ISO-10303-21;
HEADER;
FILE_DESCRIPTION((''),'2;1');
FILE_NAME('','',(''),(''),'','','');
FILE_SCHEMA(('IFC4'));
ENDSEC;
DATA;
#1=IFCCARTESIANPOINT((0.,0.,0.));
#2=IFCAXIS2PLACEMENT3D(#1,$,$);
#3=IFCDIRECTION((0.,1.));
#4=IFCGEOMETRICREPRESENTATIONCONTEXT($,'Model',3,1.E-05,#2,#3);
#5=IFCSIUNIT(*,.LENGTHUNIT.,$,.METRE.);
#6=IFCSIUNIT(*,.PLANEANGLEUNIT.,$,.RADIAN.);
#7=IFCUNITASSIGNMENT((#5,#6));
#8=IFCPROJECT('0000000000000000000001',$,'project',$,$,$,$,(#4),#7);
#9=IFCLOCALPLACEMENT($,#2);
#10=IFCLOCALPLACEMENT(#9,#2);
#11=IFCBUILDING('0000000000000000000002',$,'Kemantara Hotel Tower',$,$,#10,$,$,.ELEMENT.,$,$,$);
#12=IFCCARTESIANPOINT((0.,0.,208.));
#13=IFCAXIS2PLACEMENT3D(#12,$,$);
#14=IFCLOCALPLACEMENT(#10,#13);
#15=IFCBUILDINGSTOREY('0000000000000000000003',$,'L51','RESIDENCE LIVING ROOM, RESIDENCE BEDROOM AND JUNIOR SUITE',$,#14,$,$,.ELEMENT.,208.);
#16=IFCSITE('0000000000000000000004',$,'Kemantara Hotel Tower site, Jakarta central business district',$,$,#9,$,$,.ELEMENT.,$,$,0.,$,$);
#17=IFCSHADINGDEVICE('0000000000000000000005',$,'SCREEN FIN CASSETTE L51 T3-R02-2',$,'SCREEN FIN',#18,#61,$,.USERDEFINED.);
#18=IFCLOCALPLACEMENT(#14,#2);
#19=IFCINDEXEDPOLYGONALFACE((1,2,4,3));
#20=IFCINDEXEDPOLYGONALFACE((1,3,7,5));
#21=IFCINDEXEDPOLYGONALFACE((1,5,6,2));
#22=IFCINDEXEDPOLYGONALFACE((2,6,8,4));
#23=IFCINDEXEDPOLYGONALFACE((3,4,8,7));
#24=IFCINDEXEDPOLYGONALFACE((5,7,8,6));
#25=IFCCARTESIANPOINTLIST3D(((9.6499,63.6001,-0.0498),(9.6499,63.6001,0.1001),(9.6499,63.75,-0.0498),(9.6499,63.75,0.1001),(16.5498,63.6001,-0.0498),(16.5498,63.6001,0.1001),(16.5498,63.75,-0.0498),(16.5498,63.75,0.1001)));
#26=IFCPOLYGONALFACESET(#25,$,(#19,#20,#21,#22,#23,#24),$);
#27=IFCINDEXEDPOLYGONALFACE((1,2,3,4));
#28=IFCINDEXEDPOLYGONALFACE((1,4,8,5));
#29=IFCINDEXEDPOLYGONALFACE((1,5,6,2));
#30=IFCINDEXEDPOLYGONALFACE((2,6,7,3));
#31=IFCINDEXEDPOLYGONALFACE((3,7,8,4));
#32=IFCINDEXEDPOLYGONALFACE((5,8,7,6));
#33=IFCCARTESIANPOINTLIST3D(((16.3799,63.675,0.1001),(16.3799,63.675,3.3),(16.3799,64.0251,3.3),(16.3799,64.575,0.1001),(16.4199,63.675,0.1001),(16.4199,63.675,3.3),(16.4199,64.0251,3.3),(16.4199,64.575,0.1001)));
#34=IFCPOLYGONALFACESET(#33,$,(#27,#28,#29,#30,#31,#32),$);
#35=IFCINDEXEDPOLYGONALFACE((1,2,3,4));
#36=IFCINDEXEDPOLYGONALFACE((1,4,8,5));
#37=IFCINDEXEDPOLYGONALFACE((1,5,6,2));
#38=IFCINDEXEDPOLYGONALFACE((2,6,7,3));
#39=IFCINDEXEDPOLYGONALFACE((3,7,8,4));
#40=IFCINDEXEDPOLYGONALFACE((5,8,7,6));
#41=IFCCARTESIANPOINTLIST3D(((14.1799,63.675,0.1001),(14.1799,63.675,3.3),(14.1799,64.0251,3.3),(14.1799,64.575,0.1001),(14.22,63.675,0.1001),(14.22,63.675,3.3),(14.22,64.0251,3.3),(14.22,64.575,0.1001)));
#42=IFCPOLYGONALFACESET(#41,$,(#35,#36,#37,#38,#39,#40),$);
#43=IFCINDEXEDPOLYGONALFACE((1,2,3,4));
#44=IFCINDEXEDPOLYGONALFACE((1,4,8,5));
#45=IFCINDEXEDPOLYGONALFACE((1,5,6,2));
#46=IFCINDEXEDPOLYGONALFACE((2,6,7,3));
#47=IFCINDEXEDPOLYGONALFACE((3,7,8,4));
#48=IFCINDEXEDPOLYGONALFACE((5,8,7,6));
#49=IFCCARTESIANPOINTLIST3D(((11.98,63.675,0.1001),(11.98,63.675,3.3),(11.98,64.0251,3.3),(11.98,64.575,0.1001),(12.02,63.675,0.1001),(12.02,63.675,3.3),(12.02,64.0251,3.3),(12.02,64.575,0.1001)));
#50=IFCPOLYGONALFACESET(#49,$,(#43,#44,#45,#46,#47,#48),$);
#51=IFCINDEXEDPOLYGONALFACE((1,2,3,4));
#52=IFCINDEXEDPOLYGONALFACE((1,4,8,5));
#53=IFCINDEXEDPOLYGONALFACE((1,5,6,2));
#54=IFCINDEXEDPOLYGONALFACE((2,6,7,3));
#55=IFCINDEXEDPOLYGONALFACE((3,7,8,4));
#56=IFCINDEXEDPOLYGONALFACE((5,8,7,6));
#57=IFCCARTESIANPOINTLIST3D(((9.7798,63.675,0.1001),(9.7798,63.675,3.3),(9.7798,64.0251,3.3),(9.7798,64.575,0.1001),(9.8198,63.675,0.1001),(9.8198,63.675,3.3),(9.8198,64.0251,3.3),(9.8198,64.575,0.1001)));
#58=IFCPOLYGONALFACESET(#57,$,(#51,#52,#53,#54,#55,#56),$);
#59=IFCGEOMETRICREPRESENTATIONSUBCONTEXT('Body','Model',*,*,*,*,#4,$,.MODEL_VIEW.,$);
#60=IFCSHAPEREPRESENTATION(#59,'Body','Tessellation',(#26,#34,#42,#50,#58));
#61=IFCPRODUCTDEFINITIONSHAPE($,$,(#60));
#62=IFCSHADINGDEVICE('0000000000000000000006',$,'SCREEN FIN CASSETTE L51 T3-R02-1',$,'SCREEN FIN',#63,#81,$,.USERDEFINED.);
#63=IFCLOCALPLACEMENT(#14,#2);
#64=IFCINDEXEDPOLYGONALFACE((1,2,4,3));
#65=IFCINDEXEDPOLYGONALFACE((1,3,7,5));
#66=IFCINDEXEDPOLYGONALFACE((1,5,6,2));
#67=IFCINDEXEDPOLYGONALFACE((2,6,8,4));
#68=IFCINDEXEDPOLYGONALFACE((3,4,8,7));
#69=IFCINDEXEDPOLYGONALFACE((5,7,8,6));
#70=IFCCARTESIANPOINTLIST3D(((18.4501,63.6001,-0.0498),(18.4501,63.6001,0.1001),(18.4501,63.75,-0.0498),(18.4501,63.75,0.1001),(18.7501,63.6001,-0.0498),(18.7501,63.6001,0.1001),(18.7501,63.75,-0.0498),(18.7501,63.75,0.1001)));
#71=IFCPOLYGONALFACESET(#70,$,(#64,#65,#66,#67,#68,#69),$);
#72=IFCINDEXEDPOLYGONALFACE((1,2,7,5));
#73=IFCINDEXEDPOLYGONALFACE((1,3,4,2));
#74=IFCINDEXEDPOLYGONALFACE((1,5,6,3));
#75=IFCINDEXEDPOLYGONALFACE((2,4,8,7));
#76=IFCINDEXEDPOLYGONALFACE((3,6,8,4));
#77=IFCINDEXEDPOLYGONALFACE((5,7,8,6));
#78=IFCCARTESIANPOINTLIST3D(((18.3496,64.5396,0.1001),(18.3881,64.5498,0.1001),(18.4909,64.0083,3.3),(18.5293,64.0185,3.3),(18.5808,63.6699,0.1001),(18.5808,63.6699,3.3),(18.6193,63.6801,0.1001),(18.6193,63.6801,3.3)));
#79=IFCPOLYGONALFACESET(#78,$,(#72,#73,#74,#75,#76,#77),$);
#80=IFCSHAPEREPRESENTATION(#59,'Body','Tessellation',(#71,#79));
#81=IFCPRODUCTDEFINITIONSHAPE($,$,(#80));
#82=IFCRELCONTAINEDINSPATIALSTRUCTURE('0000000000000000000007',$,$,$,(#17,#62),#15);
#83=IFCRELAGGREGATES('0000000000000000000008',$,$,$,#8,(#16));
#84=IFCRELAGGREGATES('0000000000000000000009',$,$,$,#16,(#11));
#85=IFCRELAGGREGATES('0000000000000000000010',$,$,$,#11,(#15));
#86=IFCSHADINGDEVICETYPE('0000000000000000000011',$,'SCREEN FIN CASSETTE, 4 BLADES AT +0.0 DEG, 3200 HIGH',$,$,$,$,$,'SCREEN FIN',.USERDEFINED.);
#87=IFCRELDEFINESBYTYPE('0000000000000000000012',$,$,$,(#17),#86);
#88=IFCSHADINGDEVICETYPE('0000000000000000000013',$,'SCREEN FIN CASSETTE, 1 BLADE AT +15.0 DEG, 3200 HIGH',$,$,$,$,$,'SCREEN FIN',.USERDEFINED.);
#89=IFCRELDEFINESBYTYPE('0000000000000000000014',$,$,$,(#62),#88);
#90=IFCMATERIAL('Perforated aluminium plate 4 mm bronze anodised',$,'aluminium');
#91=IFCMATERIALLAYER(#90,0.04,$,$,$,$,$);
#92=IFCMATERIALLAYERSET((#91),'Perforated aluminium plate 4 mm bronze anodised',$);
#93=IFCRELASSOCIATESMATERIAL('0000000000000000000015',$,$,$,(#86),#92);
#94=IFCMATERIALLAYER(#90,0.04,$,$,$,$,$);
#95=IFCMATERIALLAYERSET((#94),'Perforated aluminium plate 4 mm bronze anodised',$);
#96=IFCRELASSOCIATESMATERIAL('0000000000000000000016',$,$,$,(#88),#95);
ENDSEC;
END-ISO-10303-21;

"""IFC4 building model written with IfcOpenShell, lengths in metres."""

from ifc_helpers import new_model, si_unit, direction, frame, origin, origin_2d, place, context, subcontext, project, spatial, polyline, rectangle, outline, extrude, source, transform, mapped, material, layer, layer_set, type_object, element, save


model = new_model("IFC4")

# Units and contexts
model_context = context("Model", 3, precision=1e-05, world=origin(), true_north=direction((0.0, 1.0)))
body_context = subcontext(model_context, "Body", "Model", "MODEL_VIEW")
ifc_project = project(units=[si_unit("LENGTHUNIT", "METRE"), si_unit("PLANEANGLEUNIT", "RADIAN")], contexts=[model_context])

# Site, building, storey
site_placement = place(None, origin())
site = spatial("IfcSite", under=ifc_project, at=site_placement, Name="Kemantara Hotel Tower site, Jakarta central business district", CompositionType="ELEMENT", RefElevation=0.0)
building_placement = place(site_placement, origin())
building = spatial("IfcBuilding", under=site, at=building_placement, Name="Kemantara Hotel Tower", CompositionType="ELEMENT")
storey_placement = place(building_placement, frame((0.0, 0.0, 208.0)))
storey = spatial("IfcBuildingStorey", under=building, at=storey_placement, Name="L51", Description="RESIDENCE LIVING ROOM, RESIDENCE BEDROOM AND JUNIOR SUITE", CompositionType="ELEMENT", Elevation=208.0)

# Shading devices
ifc_material_1 = material(Name="Perforated aluminium plate 4 mm bronze anodised", Category="aluminium")
ifc_layer_1 = layer(ifc_material_1, 0.04)
ifc_layer_set_1 = layer_set([ifc_layer_1], Name="Perforated aluminium plate 4 mm bronze anodised")
shading_device_type_1 = type_object("IfcShadingDeviceType", Name="SCREEN FIN CASSETTE, 4 BLADES AT +0.0 DEG, 3200 HIGH", ElementType="SCREEN FIN", PredefinedType="USERDEFINED", material=ifc_layer_set_1)
shared_shape_1 = source(origin(), body_context, "Body", "SweptSolid", [
    extrude(rectangle(XDim=6.8999, YDim=0.1499, at=origin_2d()), frame((3.3, -0.075, -0.1499), z_axis=(0.0, 0.0, 1.0), x_axis=(1.0, 0.0, 0.0)), (0.0, 0.0, 1.0), 0.1499),
    extrude(outline(polyline([(0.0, 0.0), (0.8999, 0.0), (0.3501, 3.2), (0.0, 3.2), (0.0, 0.0)])), frame((0.02, -0.075, 0.0), z_axis=(-1.0, 0.0, 0.0), x_axis=(0.0, -1.0, 0.0)), (0.0, 0.0, 1.0), 0.04),
    extrude(outline(polyline([(0.0, 0.0), (0.8999, 0.0), (0.3501, 3.2), (0.0, 3.2), (0.0, 0.0)])), frame((2.22, -0.075, 0.0), z_axis=(-1.0, 0.0, 0.0), x_axis=(0.0, -1.0, 0.0)), (0.0, 0.0, 1.0), 0.04),
    extrude(outline(polyline([(0.0, 0.0), (0.8999, 0.0), (0.3501, 3.2), (0.0, 3.2), (0.0, 0.0)])), frame((4.4199, -0.075, 0.0), z_axis=(-1.0, 0.0, 0.0), x_axis=(0.0, -1.0, 0.0)), (0.0, 0.0, 1.0), 0.04),
    extrude(outline(polyline([(0.0, 0.0), (0.8999, 0.0), (0.3501, 3.2), (0.0, 3.2), (0.0, 0.0)])), frame((6.6201, -0.075, 0.0), z_axis=(-1.0, 0.0, 0.0), x_axis=(0.0, -1.0, 0.0)), (0.0, 0.0, 1.0), 0.04),
])
shading_device_1_placement = place(storey_placement, frame((16.3999, 63.6001, 0.1001), z_axis=(0.0, 0.0, 1.0), x_axis=(-1.0, 0.0, 0.0)))
element("IfcShadingDevice", 1, at=shading_device_1_placement, inside=storey, type_object=shading_device_type_1, Name="SCREEN FIN CASSETTE L51 T3-R02-2", ObjectType="SCREEN FIN", PredefinedType="USERDEFINED", context=body_context, shape_type="MappedRepresentation", body=[
    mapped(shared_shape_1, transform((0.0, 0.0, 0.0))),
])
ifc_layer_2 = layer(ifc_material_1, 0.04)
ifc_layer_set_2 = layer_set([ifc_layer_2], Name="Perforated aluminium plate 4 mm bronze anodised")
shading_device_type_2 = type_object("IfcShadingDeviceType", Name="SCREEN FIN CASSETTE, 1 BLADE AT +15.0 DEG, 3200 HIGH", ElementType="SCREEN FIN", PredefinedType="USERDEFINED", material=ifc_layer_set_2)
shared_shape_2 = source(origin(), body_context, "Body", "SweptSolid", [
    extrude(rectangle(XDim=0.3, YDim=0.1499, at=origin_2d()), frame((0.0, -0.075, -0.1499), z_axis=(0.0, 0.0, 1.0), x_axis=(1.0, 0.0, 0.0)), (0.0, 0.0, 1.0), 0.1499),
    extrude(outline(polyline([(0.0, 0.0), (0.8999, 0.0), (0.3501, 3.2), (0.0, 3.2), (0.0, 0.0)])), frame((0.0193, -0.0698, 0.0), z_axis=(-0.966438, -0.256901, 0.0), x_axis=(0.256901, -0.966438, 0.0)), (0.0, 0.0, 1.0), 0.0398),
])
shading_device_2_placement = place(storey_placement, frame((18.6001, 63.6001, 0.1001), z_axis=(0.0, 0.0, 1.0), x_axis=(-1.0, 0.0, 0.0)))
element("IfcShadingDevice", 2, at=shading_device_2_placement, inside=storey, type_object=shading_device_type_2, Name="SCREEN FIN CASSETTE L51 T3-R02-1", ObjectType="SCREEN FIN", PredefinedType="USERDEFINED", context=body_context, shape_type="MappedRepresentation", body=[
    mapped(shared_shape_2, transform((0.0, 0.0, 0.0))),
])

save(model, "model.ifc")
